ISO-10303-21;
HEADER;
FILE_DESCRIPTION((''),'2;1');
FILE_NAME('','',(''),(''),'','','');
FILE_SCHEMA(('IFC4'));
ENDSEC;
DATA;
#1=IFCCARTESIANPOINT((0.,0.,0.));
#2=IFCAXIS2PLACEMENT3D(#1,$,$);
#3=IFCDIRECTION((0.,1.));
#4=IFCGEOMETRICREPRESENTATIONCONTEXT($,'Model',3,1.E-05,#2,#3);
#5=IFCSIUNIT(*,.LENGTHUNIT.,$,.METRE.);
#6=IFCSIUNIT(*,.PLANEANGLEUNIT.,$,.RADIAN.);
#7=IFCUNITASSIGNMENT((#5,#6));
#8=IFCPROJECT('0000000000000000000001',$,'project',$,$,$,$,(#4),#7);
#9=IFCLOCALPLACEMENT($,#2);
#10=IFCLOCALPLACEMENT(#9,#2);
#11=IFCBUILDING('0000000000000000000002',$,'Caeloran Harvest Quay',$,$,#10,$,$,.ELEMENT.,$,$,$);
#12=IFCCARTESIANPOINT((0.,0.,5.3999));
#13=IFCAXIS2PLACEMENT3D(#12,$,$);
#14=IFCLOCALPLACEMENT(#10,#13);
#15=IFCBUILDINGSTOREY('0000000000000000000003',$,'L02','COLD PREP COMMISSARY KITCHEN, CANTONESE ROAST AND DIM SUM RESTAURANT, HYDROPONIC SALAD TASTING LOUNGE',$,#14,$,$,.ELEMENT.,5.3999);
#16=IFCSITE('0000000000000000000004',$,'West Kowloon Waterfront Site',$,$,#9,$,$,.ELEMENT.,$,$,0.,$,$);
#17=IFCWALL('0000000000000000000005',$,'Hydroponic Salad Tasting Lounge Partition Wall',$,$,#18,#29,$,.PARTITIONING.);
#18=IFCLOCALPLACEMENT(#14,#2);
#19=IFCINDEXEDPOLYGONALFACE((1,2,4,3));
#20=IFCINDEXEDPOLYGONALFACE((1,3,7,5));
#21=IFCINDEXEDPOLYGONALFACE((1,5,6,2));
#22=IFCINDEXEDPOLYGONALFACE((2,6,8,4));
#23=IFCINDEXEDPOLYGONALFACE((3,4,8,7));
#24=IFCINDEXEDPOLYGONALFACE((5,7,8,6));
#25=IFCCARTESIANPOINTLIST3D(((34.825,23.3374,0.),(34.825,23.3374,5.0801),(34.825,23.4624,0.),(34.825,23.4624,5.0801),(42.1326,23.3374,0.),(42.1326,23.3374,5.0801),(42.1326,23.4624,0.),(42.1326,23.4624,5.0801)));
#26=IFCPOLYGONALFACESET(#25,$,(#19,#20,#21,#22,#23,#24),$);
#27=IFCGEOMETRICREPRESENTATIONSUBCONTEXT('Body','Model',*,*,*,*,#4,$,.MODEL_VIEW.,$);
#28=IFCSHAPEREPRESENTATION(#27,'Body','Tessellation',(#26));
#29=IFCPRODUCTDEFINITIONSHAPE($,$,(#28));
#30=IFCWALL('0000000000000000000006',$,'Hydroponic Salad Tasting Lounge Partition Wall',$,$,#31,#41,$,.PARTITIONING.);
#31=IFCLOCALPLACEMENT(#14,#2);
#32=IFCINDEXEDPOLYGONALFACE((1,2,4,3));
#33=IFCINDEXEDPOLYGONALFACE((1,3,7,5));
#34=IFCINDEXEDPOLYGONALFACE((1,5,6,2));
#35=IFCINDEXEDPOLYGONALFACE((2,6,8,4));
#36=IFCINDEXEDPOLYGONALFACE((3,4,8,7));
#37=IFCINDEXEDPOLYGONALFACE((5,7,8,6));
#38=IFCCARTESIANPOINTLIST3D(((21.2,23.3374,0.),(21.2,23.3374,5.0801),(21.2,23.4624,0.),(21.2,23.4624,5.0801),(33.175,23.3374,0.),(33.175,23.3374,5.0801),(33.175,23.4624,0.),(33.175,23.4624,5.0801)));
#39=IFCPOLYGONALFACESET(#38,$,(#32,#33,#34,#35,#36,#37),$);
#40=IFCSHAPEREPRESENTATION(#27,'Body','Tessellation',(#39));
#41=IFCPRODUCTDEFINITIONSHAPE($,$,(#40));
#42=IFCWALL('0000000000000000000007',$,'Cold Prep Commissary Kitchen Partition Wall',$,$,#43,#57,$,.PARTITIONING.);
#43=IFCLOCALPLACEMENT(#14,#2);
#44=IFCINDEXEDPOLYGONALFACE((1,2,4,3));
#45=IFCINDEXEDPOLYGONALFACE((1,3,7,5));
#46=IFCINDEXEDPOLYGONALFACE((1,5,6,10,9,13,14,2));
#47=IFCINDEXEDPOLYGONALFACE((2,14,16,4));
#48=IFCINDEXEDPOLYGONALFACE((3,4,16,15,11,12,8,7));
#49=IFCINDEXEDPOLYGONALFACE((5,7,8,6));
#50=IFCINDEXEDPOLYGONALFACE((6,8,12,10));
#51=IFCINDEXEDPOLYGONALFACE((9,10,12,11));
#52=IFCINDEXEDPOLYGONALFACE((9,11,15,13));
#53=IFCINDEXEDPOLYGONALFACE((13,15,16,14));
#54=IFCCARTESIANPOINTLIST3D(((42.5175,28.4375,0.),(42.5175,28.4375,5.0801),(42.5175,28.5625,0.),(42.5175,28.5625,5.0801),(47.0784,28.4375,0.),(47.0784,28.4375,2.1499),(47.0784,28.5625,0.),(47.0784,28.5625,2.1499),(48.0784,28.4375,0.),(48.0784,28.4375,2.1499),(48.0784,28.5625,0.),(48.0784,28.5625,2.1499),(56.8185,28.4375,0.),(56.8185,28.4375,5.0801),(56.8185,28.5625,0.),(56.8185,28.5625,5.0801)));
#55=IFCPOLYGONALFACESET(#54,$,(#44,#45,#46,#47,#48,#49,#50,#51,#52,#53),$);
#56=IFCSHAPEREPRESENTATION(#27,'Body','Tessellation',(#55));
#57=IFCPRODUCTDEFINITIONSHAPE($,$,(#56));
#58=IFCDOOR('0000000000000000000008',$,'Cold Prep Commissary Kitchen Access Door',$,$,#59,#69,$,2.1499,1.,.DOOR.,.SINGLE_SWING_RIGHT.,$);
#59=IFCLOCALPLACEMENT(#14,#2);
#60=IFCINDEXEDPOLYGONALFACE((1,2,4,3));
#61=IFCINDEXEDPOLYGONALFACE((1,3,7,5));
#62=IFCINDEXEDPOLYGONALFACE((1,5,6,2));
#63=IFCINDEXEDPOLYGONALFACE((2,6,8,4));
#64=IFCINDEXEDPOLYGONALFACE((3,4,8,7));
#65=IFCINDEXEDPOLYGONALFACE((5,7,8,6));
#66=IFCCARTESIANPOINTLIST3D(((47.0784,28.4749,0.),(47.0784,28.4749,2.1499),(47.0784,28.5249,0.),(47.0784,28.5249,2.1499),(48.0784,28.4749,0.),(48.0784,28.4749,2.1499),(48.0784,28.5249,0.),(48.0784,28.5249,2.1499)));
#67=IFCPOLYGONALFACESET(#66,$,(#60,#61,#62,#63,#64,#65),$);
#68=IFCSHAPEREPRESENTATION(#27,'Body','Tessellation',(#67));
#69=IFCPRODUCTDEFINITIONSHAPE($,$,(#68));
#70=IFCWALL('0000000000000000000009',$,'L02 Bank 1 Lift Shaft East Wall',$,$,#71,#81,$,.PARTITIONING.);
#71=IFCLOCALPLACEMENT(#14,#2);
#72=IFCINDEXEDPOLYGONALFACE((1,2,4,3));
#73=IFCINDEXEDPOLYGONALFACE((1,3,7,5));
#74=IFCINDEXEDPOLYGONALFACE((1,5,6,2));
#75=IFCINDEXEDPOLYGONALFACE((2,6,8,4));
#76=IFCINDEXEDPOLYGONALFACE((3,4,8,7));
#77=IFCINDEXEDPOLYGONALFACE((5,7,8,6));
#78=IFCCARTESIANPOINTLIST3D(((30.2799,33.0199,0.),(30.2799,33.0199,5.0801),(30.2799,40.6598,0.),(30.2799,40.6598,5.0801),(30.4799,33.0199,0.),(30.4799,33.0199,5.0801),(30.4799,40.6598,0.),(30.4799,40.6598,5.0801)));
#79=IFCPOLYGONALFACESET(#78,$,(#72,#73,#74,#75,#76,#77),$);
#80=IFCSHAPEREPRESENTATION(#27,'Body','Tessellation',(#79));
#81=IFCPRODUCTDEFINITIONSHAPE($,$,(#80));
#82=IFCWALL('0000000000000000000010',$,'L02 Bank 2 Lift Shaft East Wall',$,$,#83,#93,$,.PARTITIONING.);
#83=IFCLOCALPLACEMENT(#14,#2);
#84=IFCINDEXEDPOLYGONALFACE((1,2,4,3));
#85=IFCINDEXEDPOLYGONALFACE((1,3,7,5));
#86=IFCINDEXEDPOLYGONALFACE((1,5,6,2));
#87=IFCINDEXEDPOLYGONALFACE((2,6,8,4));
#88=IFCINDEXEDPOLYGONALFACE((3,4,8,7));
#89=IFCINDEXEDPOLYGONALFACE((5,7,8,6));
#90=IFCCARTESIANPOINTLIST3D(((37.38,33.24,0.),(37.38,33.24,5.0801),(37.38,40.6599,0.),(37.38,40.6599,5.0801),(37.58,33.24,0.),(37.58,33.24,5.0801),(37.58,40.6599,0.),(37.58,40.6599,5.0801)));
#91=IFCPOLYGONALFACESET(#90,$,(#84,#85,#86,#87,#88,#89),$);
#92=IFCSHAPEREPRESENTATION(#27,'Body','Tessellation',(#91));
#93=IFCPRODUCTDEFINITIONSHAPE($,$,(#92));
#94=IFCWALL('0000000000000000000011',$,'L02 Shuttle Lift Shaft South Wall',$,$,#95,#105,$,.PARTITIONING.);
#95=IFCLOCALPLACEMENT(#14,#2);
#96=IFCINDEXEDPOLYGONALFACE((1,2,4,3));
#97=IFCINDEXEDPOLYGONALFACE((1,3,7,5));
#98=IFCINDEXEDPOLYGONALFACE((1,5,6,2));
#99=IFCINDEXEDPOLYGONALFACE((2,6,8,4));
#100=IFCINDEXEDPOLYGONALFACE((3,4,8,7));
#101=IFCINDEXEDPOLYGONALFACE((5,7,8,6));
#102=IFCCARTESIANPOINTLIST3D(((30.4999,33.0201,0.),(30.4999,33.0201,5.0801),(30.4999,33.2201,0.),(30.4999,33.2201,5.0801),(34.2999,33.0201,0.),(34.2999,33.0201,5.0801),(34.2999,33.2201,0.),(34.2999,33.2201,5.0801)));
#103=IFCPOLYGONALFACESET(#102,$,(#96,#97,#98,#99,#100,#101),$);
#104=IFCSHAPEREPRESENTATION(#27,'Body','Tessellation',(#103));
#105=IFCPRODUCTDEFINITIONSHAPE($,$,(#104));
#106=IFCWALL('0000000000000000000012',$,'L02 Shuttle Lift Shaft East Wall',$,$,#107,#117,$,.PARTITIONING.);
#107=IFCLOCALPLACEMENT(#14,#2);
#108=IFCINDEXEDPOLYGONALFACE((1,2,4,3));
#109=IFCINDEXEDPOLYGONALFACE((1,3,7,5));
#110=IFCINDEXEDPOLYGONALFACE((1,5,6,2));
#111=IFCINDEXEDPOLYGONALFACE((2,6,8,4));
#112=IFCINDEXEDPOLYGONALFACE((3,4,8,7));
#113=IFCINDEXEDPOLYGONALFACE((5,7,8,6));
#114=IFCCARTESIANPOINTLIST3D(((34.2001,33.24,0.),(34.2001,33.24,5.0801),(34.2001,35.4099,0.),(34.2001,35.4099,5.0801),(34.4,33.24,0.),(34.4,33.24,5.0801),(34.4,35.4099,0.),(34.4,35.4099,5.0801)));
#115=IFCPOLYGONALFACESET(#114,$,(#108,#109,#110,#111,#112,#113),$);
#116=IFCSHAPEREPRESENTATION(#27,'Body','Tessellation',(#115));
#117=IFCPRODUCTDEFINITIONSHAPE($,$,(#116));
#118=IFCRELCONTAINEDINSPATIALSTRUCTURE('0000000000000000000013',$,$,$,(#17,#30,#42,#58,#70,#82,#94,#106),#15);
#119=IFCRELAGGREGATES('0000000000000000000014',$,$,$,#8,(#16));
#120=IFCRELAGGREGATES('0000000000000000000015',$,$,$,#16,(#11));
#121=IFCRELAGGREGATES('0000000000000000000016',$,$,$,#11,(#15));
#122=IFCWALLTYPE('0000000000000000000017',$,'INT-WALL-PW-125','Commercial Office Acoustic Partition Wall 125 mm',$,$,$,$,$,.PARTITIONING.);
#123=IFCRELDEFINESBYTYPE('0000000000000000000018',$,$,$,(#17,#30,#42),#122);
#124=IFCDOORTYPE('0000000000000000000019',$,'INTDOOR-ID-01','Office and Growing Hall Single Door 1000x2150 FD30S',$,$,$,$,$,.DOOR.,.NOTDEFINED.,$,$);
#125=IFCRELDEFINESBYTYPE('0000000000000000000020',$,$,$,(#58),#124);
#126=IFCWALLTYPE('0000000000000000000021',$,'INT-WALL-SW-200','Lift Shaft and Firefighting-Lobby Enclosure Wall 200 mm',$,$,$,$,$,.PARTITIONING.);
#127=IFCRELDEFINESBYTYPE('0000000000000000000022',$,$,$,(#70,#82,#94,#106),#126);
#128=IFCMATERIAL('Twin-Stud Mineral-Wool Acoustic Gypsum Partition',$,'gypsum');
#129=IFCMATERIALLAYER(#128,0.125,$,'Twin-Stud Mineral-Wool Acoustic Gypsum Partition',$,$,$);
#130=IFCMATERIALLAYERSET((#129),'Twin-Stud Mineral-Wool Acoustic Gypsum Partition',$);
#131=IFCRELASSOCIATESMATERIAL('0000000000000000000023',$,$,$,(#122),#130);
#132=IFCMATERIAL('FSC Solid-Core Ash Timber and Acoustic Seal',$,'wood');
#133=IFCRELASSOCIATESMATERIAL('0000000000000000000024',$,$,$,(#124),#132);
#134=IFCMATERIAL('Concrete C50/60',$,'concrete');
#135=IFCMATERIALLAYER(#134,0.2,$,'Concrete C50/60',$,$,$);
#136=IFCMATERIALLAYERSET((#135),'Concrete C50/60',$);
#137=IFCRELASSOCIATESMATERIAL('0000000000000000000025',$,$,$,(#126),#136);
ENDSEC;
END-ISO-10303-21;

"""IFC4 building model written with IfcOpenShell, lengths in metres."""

from ifc_helpers import new_model, si_unit, direction, frame, frame_2d, origin, place, context, subcontext, project, spatial, rectangle, extrude, material, layer, layer_set, type_object, element, fill, save


model = new_model("IFC4")

# Units and contexts
model_context = context("Model", 3, precision=1e-05, world=origin(), true_north=direction((0.0, 1.0)))
body_context = subcontext(model_context, "Body", "Model", "MODEL_VIEW")
ifc_project = project(units=[si_unit("LENGTHUNIT", "METRE"), si_unit("PLANEANGLEUNIT", "RADIAN")], contexts=[model_context])

# Site, building, storey
site_placement = place(None, origin())
site = spatial("IfcSite", under=ifc_project, at=site_placement, Name="West Kowloon Waterfront Site", CompositionType="ELEMENT", RefElevation=0.0)
building_placement = place(site_placement, origin())
building = spatial("IfcBuilding", under=site, at=building_placement, Name="Caeloran Harvest Quay", CompositionType="ELEMENT")
storey_placement = place(building_placement, frame((0.0, 0.0, 5.3999)))
storey = spatial("IfcBuildingStorey", under=building, at=storey_placement, Name="L02", Description="COLD PREP COMMISSARY KITCHEN, CANTONESE ROAST AND DIM SUM RESTAURANT, HYDROPONIC SALAD TASTING LOUNGE", CompositionType="ELEMENT", Elevation=5.3999)

# Walls
ifc_material_1 = material(Name="Twin-Stud Mineral-Wool Acoustic Gypsum Partition", Category="gypsum")
ifc_layer_1 = layer(ifc_material_1, 0.125, Name="Twin-Stud Mineral-Wool Acoustic Gypsum Partition")
ifc_layer_set_1 = layer_set([ifc_layer_1], Name="Twin-Stud Mineral-Wool Acoustic Gypsum Partition")
wall_type_1 = type_object("IfcWallType", Name="INT-WALL-PW-125", Description="Commercial Office Acoustic Partition Wall 125 mm", PredefinedType="PARTITIONING", material=ifc_layer_set_1)
wall_1_placement = place(storey_placement, frame((42.1326, 23.3999, 0.0), z_axis=(0.0, 0.0, 1.0), x_axis=(-1.0, 0.0, 0.0)))
element("IfcWall", 1, at=wall_1_placement, inside=storey, type_object=wall_type_1, Name="Hydroponic Salad Tasting Lounge Partition Wall", PredefinedType="PARTITIONING", context=body_context, shape_type="SweptSolid", body=[
    extrude(rectangle(XDim=7.3076, YDim=0.125, at=frame_2d((3.6538, 0.0))), origin(), (0.0, 0.0, 1.0), 5.0801),
])
wall_2_placement = place(storey_placement, frame((33.175, 23.3999, 0.0), z_axis=(0.0, 0.0, 1.0), x_axis=(-1.0, 0.0, 0.0)))
element("IfcWall", 2, at=wall_2_placement, inside=storey, type_object=wall_type_1, Name="Hydroponic Salad Tasting Lounge Partition Wall", PredefinedType="PARTITIONING", context=body_context, shape_type="SweptSolid", body=[
    extrude(rectangle(XDim=11.9751, YDim=0.125, at=frame_2d((5.9875, 0.0))), origin(), (0.0, 0.0, 1.0), 5.0801),
])

# Wall, opening, door
wall_3_placement = place(storey_placement, frame((42.5176, 28.5, 0.0), z_axis=(0.0, 0.0, 1.0), x_axis=(1.0, 0.0, 0.0)))
wall_3 = element("IfcWall", 3, at=wall_3_placement, inside=storey, type_object=wall_type_1, Name="Cold Prep Commissary Kitchen Partition Wall", PredefinedType="PARTITIONING", context=body_context, shape_type="SweptSolid", body=[
    extrude(rectangle(XDim=14.301, YDim=0.125, at=frame_2d((7.1504, 0.0))), origin(), (0.0, 0.0, 1.0), 5.0801),
])
opening_placement = place(wall_3_placement, frame((4.5608, 0.0, 0.0)))
opening = element("IfcOpeningElement", 4, at=opening_placement, cuts=wall_3, PredefinedType="OPENING", context=body_context, shape_type="SweptSolid", body=[
    extrude(rectangle(XDim=1.0, YDim=2.1499, at=frame_2d((0.5, 1.075))), frame((0.0, 0.0725, 0.0), z_axis=(0.0, -1.0, 0.0), x_axis=(1.0, 0.0, 0.0)), (0.0, 0.0, 1.0), 0.145),
])
ifc_material_2 = material(Name="FSC Solid-Core Ash Timber and Acoustic Seal", Category="wood")
door_type = type_object("IfcDoorType", Name="INTDOOR-ID-01", Description="Office and Growing Hall Single Door 1000x2150 FD30S", OperationType="NOTDEFINED", PredefinedType="DOOR", material=ifc_material_2)
door_placement = place(opening_placement, origin())
door = element("IfcDoor", 5, at=door_placement, inside=storey, type_object=door_type, Name="Cold Prep Commissary Kitchen Access Door", OperationType="SINGLE_SWING_RIGHT", OverallHeight=2.1499, OverallWidth=1.0, PredefinedType="DOOR", context=body_context, shape_type="SweptSolid", body=[
    extrude(rectangle(XDim=1.0, YDim=2.1499, at=frame_2d((0.5, 1.075))), frame((0.0, 0.0249, 0.0), z_axis=(0.0, -1.0, 0.0), x_axis=(1.0, 0.0, 0.0)), (0.0, 0.0, 1.0), 0.05),
])
fill(opening, door)

# Walls
ifc_material_3 = material(Name="Concrete C50/60", Category="concrete")
ifc_layer_2 = layer(ifc_material_3, 0.2, Name="Concrete C50/60")
ifc_layer_set_2 = layer_set([ifc_layer_2], Name="Concrete C50/60")
wall_type_2 = type_object("IfcWallType", Name="INT-WALL-SW-200", Description="Lift Shaft and Firefighting-Lobby Enclosure Wall 200 mm", PredefinedType="PARTITIONING", material=ifc_layer_set_2)
wall_4_placement = place(storey_placement, frame((30.3799, 33.02, 0.0), z_axis=(0.0, 0.0, 1.0), x_axis=(0.0, 1.0, 0.0)))
element("IfcWall", 6, at=wall_4_placement, inside=storey, type_object=wall_type_2, Name="L02 Bank 1 Lift Shaft East Wall", PredefinedType="PARTITIONING", context=body_context, shape_type="SweptSolid", body=[
    extrude(rectangle(XDim=7.6399, YDim=0.2, at=frame_2d((3.8198, 0.0))), origin(), (0.0, 0.0, 1.0), 5.0801),
])
wall_5_placement = place(storey_placement, frame((37.48, 33.24, 0.0), z_axis=(0.0, 0.0, 1.0), x_axis=(0.0, 1.0, 0.0)))
element("IfcWall", 7, at=wall_5_placement, inside=storey, type_object=wall_type_2, Name="L02 Bank 2 Lift Shaft East Wall", PredefinedType="PARTITIONING", context=body_context, shape_type="SweptSolid", body=[
    extrude(rectangle(XDim=7.4199, YDim=0.2, at=frame_2d((3.71, 0.0))), origin(), (0.0, 0.0, 1.0), 5.0801),
])
wall_6_placement = place(storey_placement, frame((30.5, 33.1201, 0.0), z_axis=(0.0, 0.0, 1.0), x_axis=(1.0, 0.0, 0.0)))
element("IfcWall", 8, at=wall_6_placement, inside=storey, type_object=wall_type_2, Name="L02 Shuttle Lift Shaft South Wall", PredefinedType="PARTITIONING", context=body_context, shape_type="SweptSolid", body=[
    extrude(rectangle(XDim=3.8, YDim=0.2, at=frame_2d((1.8999, 0.0))), origin(), (0.0, 0.0, 1.0), 5.0801),
])
wall_7_placement = place(storey_placement, frame((34.3, 33.24, 0.0), z_axis=(0.0, 0.0, 1.0), x_axis=(0.0, 1.0, 0.0)))
element("IfcWall", 9, at=wall_7_placement, inside=storey, type_object=wall_type_2, Name="L02 Shuttle Lift Shaft East Wall", PredefinedType="PARTITIONING", context=body_context, shape_type="SweptSolid", body=[
    extrude(rectangle(XDim=2.1699, YDim=0.2, at=frame_2d((1.085, 0.0))), origin(), (0.0, 0.0, 1.0), 5.0801),
])

save(model, "model.ifc")
